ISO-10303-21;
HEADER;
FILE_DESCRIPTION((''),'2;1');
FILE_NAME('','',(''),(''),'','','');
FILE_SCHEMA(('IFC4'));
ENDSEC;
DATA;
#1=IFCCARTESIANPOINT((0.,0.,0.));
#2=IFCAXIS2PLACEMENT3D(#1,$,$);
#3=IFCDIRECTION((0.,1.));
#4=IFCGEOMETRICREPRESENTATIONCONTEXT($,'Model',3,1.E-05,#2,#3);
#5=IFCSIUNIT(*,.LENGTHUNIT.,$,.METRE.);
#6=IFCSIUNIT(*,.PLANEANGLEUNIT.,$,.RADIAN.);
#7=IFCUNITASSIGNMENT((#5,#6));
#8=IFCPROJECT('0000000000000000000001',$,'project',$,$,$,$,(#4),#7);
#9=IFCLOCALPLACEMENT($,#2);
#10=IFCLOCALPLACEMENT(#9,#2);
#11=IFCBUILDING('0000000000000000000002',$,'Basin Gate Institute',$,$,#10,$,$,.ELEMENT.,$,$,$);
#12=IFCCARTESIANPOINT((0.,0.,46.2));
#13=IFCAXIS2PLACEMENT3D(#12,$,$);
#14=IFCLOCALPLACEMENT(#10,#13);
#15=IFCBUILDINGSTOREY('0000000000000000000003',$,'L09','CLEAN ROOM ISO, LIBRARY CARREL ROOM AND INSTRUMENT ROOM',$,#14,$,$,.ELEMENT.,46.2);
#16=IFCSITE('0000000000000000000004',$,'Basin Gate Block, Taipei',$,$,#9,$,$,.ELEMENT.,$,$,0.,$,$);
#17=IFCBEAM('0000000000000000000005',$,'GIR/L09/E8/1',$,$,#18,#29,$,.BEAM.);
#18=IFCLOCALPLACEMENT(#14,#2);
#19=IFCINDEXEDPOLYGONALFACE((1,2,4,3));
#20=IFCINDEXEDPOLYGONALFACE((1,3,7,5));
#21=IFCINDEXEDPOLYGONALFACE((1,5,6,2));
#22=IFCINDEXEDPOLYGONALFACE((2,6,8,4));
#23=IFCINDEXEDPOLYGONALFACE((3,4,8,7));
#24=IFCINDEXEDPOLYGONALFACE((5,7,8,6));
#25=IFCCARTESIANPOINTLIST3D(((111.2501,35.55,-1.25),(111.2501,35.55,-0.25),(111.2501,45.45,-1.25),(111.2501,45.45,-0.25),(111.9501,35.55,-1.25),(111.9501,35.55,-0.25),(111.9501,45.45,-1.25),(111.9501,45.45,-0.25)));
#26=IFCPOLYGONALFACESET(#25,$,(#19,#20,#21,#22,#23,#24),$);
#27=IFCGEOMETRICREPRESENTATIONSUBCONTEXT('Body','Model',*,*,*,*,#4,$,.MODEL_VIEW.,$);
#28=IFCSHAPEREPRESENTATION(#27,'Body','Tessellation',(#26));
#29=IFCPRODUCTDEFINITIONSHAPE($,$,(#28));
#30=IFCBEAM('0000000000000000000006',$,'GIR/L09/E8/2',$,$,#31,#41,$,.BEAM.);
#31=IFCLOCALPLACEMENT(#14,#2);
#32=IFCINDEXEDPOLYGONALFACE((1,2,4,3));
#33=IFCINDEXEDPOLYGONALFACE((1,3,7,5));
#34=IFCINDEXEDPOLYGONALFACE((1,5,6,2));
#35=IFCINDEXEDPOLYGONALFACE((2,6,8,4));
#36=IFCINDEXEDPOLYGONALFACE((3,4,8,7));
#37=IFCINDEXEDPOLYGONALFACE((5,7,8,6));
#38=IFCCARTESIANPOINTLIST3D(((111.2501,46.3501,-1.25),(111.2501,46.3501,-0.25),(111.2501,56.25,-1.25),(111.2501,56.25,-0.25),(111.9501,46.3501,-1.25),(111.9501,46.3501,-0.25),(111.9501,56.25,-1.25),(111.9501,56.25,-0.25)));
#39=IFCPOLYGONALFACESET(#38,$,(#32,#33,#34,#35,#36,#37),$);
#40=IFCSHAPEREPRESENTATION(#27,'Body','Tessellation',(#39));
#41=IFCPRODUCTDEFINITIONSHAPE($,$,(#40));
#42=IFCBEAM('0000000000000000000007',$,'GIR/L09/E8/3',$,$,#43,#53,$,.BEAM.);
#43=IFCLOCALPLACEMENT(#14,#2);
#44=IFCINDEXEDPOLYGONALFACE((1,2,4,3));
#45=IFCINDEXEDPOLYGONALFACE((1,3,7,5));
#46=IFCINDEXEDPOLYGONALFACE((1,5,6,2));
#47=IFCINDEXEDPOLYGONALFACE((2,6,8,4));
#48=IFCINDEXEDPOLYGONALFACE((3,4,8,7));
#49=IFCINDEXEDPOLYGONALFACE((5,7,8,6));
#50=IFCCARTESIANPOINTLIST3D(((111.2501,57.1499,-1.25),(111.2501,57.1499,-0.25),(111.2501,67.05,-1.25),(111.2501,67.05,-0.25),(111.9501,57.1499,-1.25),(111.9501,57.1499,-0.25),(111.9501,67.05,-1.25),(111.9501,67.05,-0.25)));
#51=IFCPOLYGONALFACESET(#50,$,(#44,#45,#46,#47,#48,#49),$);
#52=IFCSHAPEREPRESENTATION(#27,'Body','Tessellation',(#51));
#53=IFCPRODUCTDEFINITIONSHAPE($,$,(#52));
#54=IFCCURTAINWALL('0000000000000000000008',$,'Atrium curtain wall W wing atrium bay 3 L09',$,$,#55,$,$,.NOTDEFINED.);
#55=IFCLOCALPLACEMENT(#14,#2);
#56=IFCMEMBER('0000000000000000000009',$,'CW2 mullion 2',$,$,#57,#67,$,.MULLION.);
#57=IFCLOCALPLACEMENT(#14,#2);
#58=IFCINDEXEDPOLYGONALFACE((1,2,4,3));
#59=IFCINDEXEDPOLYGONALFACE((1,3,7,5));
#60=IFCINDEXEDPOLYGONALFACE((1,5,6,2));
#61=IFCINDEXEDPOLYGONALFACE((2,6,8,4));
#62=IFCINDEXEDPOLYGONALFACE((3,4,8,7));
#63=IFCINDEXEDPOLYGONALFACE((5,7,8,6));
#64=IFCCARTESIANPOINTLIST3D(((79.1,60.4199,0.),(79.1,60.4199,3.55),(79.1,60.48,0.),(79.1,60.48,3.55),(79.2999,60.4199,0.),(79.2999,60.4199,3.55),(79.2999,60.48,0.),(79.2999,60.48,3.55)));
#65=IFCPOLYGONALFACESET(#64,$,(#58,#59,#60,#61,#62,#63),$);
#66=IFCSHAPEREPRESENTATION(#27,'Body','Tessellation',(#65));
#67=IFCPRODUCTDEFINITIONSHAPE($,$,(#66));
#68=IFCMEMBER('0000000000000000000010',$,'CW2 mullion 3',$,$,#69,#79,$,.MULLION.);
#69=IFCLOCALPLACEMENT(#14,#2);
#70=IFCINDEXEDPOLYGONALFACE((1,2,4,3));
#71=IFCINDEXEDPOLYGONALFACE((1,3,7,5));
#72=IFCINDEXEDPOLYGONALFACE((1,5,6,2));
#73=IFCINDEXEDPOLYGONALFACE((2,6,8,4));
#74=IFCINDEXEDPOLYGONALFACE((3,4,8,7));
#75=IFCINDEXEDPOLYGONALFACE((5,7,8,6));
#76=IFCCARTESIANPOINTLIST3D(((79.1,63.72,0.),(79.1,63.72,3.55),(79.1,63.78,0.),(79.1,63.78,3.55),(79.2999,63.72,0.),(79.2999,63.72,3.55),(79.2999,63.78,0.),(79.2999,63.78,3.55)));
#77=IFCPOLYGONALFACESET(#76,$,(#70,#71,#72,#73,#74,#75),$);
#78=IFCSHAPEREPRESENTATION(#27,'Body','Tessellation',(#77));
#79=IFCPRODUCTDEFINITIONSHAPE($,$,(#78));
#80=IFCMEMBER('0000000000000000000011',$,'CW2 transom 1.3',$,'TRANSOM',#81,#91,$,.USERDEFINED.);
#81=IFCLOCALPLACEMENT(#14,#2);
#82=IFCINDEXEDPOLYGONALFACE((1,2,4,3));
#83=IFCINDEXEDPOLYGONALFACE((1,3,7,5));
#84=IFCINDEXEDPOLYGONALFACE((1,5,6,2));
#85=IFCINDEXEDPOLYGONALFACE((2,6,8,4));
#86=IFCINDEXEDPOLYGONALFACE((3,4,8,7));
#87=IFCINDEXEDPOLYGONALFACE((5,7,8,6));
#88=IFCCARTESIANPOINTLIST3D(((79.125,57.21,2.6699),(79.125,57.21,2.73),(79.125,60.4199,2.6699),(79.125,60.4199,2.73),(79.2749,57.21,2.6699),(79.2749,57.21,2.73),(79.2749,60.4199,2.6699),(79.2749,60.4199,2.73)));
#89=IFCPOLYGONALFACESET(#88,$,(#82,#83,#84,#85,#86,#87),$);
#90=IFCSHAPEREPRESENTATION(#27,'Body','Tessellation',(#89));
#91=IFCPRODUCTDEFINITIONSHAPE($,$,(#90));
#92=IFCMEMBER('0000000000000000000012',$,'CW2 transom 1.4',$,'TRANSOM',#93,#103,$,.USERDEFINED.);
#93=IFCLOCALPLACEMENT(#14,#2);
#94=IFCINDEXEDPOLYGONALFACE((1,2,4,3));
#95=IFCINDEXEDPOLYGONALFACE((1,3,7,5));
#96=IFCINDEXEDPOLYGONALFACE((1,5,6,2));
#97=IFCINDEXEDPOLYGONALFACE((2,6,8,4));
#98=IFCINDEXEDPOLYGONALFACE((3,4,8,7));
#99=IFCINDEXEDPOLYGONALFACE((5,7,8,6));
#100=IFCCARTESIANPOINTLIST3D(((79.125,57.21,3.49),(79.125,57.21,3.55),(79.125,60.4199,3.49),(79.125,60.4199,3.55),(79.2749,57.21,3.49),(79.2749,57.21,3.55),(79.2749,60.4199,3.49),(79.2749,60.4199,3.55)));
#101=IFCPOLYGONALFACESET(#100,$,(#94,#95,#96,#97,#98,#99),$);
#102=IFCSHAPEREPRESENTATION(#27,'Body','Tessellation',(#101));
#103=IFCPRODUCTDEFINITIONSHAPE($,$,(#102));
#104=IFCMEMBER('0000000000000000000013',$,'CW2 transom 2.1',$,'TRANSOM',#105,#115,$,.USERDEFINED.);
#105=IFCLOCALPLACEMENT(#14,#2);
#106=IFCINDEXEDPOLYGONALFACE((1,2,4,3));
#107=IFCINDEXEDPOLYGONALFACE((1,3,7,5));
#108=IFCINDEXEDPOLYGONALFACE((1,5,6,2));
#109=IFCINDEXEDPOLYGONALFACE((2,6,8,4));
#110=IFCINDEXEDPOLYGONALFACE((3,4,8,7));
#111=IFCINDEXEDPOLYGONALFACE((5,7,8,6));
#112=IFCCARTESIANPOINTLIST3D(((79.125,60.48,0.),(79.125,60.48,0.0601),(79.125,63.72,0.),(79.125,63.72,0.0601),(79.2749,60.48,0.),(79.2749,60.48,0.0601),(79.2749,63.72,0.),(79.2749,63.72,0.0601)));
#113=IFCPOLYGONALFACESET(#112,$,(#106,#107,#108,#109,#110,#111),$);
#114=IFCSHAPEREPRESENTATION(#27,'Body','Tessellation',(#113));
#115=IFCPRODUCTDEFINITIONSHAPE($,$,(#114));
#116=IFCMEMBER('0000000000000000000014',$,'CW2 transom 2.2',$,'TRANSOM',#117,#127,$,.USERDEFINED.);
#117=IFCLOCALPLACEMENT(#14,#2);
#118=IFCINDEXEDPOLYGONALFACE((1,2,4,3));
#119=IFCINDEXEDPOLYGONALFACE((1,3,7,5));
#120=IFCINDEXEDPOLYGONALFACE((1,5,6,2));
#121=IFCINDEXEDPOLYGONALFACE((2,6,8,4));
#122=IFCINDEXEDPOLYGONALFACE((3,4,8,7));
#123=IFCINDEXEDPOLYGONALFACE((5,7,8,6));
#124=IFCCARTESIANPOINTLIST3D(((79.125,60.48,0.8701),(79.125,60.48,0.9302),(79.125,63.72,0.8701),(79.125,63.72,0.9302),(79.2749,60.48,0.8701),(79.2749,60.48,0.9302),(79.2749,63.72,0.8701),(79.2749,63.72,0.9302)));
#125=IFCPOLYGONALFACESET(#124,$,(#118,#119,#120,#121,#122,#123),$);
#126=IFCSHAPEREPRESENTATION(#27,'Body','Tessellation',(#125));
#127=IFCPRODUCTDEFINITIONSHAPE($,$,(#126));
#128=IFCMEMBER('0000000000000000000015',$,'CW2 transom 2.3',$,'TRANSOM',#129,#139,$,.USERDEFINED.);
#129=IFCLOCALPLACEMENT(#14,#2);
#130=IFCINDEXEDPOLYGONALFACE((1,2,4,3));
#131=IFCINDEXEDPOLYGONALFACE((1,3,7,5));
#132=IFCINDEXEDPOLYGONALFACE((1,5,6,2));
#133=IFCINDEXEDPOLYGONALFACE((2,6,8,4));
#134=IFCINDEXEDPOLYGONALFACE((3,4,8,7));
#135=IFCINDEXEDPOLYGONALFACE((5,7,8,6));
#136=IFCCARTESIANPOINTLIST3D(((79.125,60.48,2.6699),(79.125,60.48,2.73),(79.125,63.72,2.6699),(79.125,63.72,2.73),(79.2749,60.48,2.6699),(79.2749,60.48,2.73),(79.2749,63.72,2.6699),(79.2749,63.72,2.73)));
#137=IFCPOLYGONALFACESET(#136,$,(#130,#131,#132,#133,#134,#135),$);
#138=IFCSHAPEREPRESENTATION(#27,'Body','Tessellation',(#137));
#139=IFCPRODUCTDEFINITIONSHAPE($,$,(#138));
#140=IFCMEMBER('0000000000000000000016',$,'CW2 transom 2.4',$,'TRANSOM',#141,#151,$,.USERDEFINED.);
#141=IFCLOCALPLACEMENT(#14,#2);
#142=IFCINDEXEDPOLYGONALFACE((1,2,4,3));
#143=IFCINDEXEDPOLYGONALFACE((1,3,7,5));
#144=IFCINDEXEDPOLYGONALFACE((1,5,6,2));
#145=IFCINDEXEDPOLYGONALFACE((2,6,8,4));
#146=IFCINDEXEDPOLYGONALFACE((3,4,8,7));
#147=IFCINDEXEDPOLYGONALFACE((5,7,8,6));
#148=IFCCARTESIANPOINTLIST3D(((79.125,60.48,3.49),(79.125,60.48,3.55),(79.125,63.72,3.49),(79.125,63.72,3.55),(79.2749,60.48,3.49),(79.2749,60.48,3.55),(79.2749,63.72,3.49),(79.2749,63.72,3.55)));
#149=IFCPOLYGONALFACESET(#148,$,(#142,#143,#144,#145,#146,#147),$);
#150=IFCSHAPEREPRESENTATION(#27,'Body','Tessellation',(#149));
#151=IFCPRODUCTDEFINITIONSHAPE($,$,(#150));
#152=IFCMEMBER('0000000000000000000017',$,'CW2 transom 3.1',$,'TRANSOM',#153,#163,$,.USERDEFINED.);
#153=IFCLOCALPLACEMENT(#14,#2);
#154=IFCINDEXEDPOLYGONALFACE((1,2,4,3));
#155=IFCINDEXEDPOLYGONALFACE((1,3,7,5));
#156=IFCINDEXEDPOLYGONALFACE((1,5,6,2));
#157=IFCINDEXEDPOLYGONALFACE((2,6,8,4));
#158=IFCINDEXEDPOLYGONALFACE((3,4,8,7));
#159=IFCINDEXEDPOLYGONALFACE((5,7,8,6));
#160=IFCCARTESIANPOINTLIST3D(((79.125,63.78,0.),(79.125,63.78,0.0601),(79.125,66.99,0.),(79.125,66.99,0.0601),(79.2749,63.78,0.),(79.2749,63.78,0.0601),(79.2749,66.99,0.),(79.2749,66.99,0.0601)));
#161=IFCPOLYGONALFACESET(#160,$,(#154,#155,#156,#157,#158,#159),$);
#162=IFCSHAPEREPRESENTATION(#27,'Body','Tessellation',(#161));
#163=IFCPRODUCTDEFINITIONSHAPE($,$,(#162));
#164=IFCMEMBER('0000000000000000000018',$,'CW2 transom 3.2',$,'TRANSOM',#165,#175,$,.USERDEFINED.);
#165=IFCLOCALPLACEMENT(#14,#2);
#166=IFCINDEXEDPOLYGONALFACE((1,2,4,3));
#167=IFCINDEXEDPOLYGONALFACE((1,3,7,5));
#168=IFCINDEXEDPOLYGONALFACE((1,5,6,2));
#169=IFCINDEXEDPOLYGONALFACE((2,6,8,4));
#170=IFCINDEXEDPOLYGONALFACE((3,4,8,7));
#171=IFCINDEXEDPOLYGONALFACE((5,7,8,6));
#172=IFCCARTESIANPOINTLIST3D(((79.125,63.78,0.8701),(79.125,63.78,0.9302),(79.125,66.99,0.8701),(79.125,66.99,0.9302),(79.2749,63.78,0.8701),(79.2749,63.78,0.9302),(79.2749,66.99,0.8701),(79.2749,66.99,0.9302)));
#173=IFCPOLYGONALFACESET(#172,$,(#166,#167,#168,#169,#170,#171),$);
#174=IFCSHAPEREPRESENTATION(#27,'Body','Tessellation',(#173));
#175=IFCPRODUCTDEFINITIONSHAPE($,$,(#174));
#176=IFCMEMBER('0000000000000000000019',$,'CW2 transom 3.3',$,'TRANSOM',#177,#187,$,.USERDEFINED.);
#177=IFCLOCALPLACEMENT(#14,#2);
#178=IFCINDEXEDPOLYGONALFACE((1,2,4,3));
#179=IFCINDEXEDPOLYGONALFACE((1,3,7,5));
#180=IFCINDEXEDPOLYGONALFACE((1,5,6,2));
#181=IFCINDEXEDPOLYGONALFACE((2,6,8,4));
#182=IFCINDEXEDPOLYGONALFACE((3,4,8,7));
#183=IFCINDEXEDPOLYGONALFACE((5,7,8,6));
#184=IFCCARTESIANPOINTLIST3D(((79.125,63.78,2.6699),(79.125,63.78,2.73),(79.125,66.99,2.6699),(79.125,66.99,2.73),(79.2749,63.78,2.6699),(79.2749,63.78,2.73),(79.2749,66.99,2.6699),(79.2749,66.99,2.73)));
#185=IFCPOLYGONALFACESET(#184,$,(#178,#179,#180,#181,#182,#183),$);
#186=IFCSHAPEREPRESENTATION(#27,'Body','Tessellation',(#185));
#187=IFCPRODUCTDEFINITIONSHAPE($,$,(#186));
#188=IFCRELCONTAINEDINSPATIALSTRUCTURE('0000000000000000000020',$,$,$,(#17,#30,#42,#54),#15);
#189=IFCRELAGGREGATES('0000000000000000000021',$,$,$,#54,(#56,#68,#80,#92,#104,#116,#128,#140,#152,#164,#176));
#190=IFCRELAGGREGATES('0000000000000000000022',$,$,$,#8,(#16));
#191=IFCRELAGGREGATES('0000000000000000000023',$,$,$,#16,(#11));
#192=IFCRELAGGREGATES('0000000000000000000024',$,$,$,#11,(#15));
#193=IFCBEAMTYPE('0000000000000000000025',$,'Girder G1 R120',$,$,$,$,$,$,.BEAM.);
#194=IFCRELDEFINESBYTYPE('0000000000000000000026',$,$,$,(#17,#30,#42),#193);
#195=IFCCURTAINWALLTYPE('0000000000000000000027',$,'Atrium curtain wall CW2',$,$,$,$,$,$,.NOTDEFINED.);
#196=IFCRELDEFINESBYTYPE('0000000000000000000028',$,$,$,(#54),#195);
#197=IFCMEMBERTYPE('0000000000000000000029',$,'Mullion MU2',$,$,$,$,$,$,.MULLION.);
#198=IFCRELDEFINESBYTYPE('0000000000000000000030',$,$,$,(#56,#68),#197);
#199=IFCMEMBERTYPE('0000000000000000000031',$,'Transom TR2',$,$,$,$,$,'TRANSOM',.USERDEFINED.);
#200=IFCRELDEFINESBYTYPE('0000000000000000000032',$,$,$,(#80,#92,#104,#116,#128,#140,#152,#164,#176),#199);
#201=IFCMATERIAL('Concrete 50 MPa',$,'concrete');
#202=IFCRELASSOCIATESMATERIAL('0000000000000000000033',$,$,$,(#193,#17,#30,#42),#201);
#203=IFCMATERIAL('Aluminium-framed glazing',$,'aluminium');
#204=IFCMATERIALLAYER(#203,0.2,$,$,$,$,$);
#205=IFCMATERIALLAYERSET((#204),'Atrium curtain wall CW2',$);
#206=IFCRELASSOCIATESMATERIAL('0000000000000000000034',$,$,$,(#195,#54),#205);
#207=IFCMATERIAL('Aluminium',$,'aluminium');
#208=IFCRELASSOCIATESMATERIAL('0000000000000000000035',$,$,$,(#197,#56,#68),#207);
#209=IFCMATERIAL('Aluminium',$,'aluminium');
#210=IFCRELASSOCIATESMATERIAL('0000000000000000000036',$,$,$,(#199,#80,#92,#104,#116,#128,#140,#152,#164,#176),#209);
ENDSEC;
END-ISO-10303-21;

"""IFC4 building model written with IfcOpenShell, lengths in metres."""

from ifc_helpers import new_model, si_unit, direction, frame, origin, origin_2d, place, context, subcontext, project, spatial, rectangle, extrude, material, layer, layer_set, material_profile, profile_set, type_object, element, aggregate, save


model = new_model("IFC4")

# Units and contexts
model_context = context("Model", 3, precision=1e-05, world=origin(), true_north=direction((0.0, 1.0)))
body_context = subcontext(model_context, "Body", "Model", "MODEL_VIEW")
ifc_project = project(units=[si_unit("LENGTHUNIT", "METRE"), si_unit("PLANEANGLEUNIT", "RADIAN")], contexts=[model_context])

# Site, building, storey
site_placement = place(None, origin())
site = spatial("IfcSite", under=ifc_project, at=site_placement, Name="Basin Gate Block, Taipei", CompositionType="ELEMENT", RefElevation=0.0)
building_placement = place(site_placement, origin())
building = spatial("IfcBuilding", under=site, at=building_placement, Name="Basin Gate Institute", CompositionType="ELEMENT")
storey_placement = place(building_placement, frame((0.0, 0.0, 46.2)))
storey = spatial("IfcBuildingStorey", under=building, at=storey_placement, Name="L09", Description="CLEAN ROOM ISO, LIBRARY CARREL ROOM AND INSTRUMENT ROOM", CompositionType="ELEMENT", Elevation=46.2)

# Beams
ifc_material_1 = material(Name="Concrete 50 MPa", Category="concrete")
ifc_material_profile_1 = material_profile(ifc_material_1, rectangle(XDim=0.7, YDim=1.0, at=origin_2d()), Name="Girder G1 700 x 1000")
ifc_profile_set_1 = profile_set([ifc_material_profile_1], Name="Concrete 50 MPa")
beam_type = type_object("IfcBeamType", Name="Girder G1 R120", PredefinedType="BEAM", material=ifc_profile_set_1)
for number, where, z_axis, x_axis, name in (
    (1, (111.6001, 35.55, -0.75), (0.0, 1.0, 0.0), (-1.0, 0.0, 0.0), "GIR/L09/E8/1"),
    (2, (111.6001, 46.3501, -0.75), (0.0, 1.0, 0.0), (-1.0, 0.0, 0.0), "GIR/L09/E8/2"),
):
    element("IfcBeam", number, at=place(storey_placement, frame(where, z_axis=z_axis, x_axis=x_axis)), inside=storey, type_object=beam_type, material=ifc_profile_set_1, Name=name, PredefinedType="BEAM", context=body_context, shape_type="SweptSolid", body=[
        extrude(rectangle(XDim=0.7, YDim=1.0, at=origin_2d()), origin(), (0.0, 0.0, 1.0), 9.8999),
    ])
beam_placement = place(storey_placement, frame((111.6001, 57.1499, -0.75), z_axis=(0.0, 1.0, 0.0), x_axis=(-1.0, 0.0, 0.0)))
element("IfcBeam", 3, at=beam_placement, inside=storey, type_object=beam_type, material=ifc_profile_set_1, Name="GIR/L09/E8/3", PredefinedType="BEAM", context=body_context, shape_type="SweptSolid", body=[
    extrude(rectangle(XDim=0.7, YDim=1.0, at=origin_2d()), origin(), (0.0, 0.0, 1.0), 9.9001),
])

# Curtain wall, members
ifc_material_2 = material(Name="Aluminium-framed glazing", Category="aluminium")
ifc_layer_1 = layer(ifc_material_2, 0.2)
ifc_layer_set_1 = layer_set([ifc_layer_1], Name="Atrium curtain wall CW2")
curtain_wall_type = type_object("IfcCurtainWallType", Name="Atrium curtain wall CW2", PredefinedType="NOTDEFINED", material=ifc_layer_set_1)
curtain_wall_placement = place(storey_placement, origin())
curtain_wall = element("IfcCurtainWall", 4, at=curtain_wall_placement, inside=storey, type_object=curtain_wall_type, material=ifc_layer_set_1, Name="Atrium curtain wall W wing atrium bay 3 L09", PredefinedType="NOTDEFINED")
ifc_material_3 = material(Name="Aluminium", Category="aluminium")
ifc_material_profile_2 = material_profile(ifc_material_3, rectangle(XDim=0.2, YDim=0.0601, at=origin_2d()), Name="Mullion MU2 200 x 60")
ifc_profile_set_2 = profile_set([ifc_material_profile_2], Name="Aluminium")
member_type_1 = type_object("IfcMemberType", Name="Mullion MU2", PredefinedType="MULLION", material=ifc_profile_set_2)
member_1_placement = place(storey_placement, frame((79.2, 60.45, 0.0), z_axis=(0.0, 0.0, 1.0), x_axis=(-1.0, 0.0, 0.0)))
member_1 = element("IfcMember", 5, at=member_1_placement, type_object=member_type_1, material=ifc_profile_set_2, Name="CW2 mullion 2", PredefinedType="MULLION", context=body_context, shape_type="SweptSolid", body=[
    extrude(rectangle(XDim=0.2, YDim=0.0601, at=origin_2d()), origin(), (0.0, 0.0, 1.0), 3.55),
])
member_2_placement = place(storey_placement, frame((79.2, 63.75, 0.0), z_axis=(0.0, 0.0, 1.0), x_axis=(-1.0, 0.0, 0.0)))
member_2 = element("IfcMember", 6, at=member_2_placement, type_object=member_type_1, material=ifc_profile_set_2, Name="CW2 mullion 3", PredefinedType="MULLION", context=body_context, shape_type="SweptSolid", body=[
    extrude(rectangle(XDim=0.2, YDim=0.0601, at=origin_2d()), origin(), (0.0, 0.0, 1.0), 3.55),
])
ifc_material_4 = material(Name="Aluminium", Category="aluminium")
ifc_material_profile_3 = material_profile(ifc_material_4, rectangle(XDim=0.1499, YDim=0.0601, at=origin_2d()), Name="Transom TR2 150 x 60")
ifc_profile_set_3 = profile_set([ifc_material_profile_3], Name="Aluminium")
member_type_2 = type_object("IfcMemberType", Name="Transom TR2", ElementType="TRANSOM", PredefinedType="USERDEFINED", material=ifc_profile_set_3)
member_3_placement = place(storey_placement, frame((79.2, 57.21, 2.7), z_axis=(0.0, 1.0, 0.0), x_axis=(-1.0, 0.0, 0.0)))
member_3 = element("IfcMember", 7, at=member_3_placement, type_object=member_type_2, material=ifc_profile_set_3, Name="CW2 transom 1.3", ObjectType="TRANSOM", PredefinedType="USERDEFINED", context=body_context, shape_type="SweptSolid", body=[
    extrude(rectangle(XDim=0.1499, YDim=0.0601, at=origin_2d()), origin(), (0.0, 0.0, 1.0), 3.21),
])
member_4_placement = place(storey_placement, frame((79.2, 57.21, 3.52), z_axis=(0.0, 1.0, 0.0), x_axis=(-1.0, 0.0, 0.0)))
member_4 = element("IfcMember", 8, at=member_4_placement, type_object=member_type_2, material=ifc_profile_set_3, Name="CW2 transom 1.4", ObjectType="TRANSOM", PredefinedType="USERDEFINED", context=body_context, shape_type="SweptSolid", body=[
    extrude(rectangle(XDim=0.1499, YDim=0.0601, at=origin_2d()), origin(), (0.0, 0.0, 1.0), 3.21),
])
member_5_placement = place(storey_placement, frame((79.2, 60.48, 0.03), z_axis=(0.0, 1.0, 0.0), x_axis=(-1.0, 0.0, 0.0)))
member_5 = element("IfcMember", 9, at=member_5_placement, type_object=member_type_2, material=ifc_profile_set_3, Name="CW2 transom 2.1", ObjectType="TRANSOM", PredefinedType="USERDEFINED", context=body_context, shape_type="SweptSolid", body=[
    extrude(rectangle(XDim=0.1499, YDim=0.0601, at=origin_2d()), origin(), (0.0, 0.0, 1.0), 3.24),
])
member_6_placement = place(storey_placement, frame((79.2, 60.48, 0.9001), z_axis=(0.0, 1.0, 0.0), x_axis=(-1.0, 0.0, 0.0)))
member_6 = element("IfcMember", 10, at=member_6_placement, type_object=member_type_2, material=ifc_profile_set_3, Name="CW2 transom 2.2", ObjectType="TRANSOM", PredefinedType="USERDEFINED", context=body_context, shape_type="SweptSolid", body=[
    extrude(rectangle(XDim=0.1499, YDim=0.0601, at=origin_2d()), origin(), (0.0, 0.0, 1.0), 3.24),
])
member_7_placement = place(storey_placement, frame((79.2, 60.48, 2.7), z_axis=(0.0, 1.0, 0.0), x_axis=(-1.0, 0.0, 0.0)))
member_7 = element("IfcMember", 11, at=member_7_placement, type_object=member_type_2, material=ifc_profile_set_3, Name="CW2 transom 2.3", ObjectType="TRANSOM", PredefinedType="USERDEFINED", context=body_context, shape_type="SweptSolid", body=[
    extrude(rectangle(XDim=0.1499, YDim=0.0601, at=origin_2d()), origin(), (0.0, 0.0, 1.0), 3.24),
])
member_8_placement = place(storey_placement, frame((79.2, 60.48, 3.52), z_axis=(0.0, 1.0, 0.0), x_axis=(-1.0, 0.0, 0.0)))
member_8 = element("IfcMember", 12, at=member_8_placement, type_object=member_type_2, material=ifc_profile_set_3, Name="CW2 transom 2.4", ObjectType="TRANSOM", PredefinedType="USERDEFINED", context=body_context, shape_type="SweptSolid", body=[
    extrude(rectangle(XDim=0.1499, YDim=0.0601, at=origin_2d()), origin(), (0.0, 0.0, 1.0), 3.24),
])
member_9_placement = place(storey_placement, frame((79.2, 63.78, 0.03), z_axis=(0.0, 1.0, 0.0), x_axis=(-1.0, 0.0, 0.0)))
member_9 = element("IfcMember", 13, at=member_9_placement, type_object=member_type_2, material=ifc_profile_set_3, Name="CW2 transom 3.1", ObjectType="TRANSOM", PredefinedType="USERDEFINED", context=body_context, shape_type="SweptSolid", body=[
    extrude(rectangle(XDim=0.1499, YDim=0.0601, at=origin_2d()), origin(), (0.0, 0.0, 1.0), 3.21),
])
member_10_placement = place(storey_placement, frame((79.2, 63.78, 0.9001), z_axis=(0.0, 1.0, 0.0), x_axis=(-1.0, 0.0, 0.0)))
member_10 = element("IfcMember", 14, at=member_10_placement, type_object=member_type_2, material=ifc_profile_set_3, Name="CW2 transom 3.2", ObjectType="TRANSOM", PredefinedType="USERDEFINED", context=body_context, shape_type="SweptSolid", body=[
    extrude(rectangle(XDim=0.1499, YDim=0.0601, at=origin_2d()), origin(), (0.0, 0.0, 1.0), 3.21),
])
member_11_placement = place(storey_placement, frame((79.2, 63.78, 2.7), z_axis=(0.0, 1.0, 0.0), x_axis=(-1.0, 0.0, 0.0)))
member_11 = element("IfcMember", 15, at=member_11_placement, type_object=member_type_2, material=ifc_profile_set_3, Name="CW2 transom 3.3", ObjectType="TRANSOM", PredefinedType="USERDEFINED", context=body_context, shape_type="SweptSolid", body=[
    extrude(rectangle(XDim=0.1499, YDim=0.0601, at=origin_2d()), origin(), (0.0, 0.0, 1.0), 3.21),
])
aggregate(curtain_wall, [member_1, member_2, member_3, member_4, member_5, member_6, member_7, member_8, member_9, member_10, member_11])

save(model, "model.ifc")
